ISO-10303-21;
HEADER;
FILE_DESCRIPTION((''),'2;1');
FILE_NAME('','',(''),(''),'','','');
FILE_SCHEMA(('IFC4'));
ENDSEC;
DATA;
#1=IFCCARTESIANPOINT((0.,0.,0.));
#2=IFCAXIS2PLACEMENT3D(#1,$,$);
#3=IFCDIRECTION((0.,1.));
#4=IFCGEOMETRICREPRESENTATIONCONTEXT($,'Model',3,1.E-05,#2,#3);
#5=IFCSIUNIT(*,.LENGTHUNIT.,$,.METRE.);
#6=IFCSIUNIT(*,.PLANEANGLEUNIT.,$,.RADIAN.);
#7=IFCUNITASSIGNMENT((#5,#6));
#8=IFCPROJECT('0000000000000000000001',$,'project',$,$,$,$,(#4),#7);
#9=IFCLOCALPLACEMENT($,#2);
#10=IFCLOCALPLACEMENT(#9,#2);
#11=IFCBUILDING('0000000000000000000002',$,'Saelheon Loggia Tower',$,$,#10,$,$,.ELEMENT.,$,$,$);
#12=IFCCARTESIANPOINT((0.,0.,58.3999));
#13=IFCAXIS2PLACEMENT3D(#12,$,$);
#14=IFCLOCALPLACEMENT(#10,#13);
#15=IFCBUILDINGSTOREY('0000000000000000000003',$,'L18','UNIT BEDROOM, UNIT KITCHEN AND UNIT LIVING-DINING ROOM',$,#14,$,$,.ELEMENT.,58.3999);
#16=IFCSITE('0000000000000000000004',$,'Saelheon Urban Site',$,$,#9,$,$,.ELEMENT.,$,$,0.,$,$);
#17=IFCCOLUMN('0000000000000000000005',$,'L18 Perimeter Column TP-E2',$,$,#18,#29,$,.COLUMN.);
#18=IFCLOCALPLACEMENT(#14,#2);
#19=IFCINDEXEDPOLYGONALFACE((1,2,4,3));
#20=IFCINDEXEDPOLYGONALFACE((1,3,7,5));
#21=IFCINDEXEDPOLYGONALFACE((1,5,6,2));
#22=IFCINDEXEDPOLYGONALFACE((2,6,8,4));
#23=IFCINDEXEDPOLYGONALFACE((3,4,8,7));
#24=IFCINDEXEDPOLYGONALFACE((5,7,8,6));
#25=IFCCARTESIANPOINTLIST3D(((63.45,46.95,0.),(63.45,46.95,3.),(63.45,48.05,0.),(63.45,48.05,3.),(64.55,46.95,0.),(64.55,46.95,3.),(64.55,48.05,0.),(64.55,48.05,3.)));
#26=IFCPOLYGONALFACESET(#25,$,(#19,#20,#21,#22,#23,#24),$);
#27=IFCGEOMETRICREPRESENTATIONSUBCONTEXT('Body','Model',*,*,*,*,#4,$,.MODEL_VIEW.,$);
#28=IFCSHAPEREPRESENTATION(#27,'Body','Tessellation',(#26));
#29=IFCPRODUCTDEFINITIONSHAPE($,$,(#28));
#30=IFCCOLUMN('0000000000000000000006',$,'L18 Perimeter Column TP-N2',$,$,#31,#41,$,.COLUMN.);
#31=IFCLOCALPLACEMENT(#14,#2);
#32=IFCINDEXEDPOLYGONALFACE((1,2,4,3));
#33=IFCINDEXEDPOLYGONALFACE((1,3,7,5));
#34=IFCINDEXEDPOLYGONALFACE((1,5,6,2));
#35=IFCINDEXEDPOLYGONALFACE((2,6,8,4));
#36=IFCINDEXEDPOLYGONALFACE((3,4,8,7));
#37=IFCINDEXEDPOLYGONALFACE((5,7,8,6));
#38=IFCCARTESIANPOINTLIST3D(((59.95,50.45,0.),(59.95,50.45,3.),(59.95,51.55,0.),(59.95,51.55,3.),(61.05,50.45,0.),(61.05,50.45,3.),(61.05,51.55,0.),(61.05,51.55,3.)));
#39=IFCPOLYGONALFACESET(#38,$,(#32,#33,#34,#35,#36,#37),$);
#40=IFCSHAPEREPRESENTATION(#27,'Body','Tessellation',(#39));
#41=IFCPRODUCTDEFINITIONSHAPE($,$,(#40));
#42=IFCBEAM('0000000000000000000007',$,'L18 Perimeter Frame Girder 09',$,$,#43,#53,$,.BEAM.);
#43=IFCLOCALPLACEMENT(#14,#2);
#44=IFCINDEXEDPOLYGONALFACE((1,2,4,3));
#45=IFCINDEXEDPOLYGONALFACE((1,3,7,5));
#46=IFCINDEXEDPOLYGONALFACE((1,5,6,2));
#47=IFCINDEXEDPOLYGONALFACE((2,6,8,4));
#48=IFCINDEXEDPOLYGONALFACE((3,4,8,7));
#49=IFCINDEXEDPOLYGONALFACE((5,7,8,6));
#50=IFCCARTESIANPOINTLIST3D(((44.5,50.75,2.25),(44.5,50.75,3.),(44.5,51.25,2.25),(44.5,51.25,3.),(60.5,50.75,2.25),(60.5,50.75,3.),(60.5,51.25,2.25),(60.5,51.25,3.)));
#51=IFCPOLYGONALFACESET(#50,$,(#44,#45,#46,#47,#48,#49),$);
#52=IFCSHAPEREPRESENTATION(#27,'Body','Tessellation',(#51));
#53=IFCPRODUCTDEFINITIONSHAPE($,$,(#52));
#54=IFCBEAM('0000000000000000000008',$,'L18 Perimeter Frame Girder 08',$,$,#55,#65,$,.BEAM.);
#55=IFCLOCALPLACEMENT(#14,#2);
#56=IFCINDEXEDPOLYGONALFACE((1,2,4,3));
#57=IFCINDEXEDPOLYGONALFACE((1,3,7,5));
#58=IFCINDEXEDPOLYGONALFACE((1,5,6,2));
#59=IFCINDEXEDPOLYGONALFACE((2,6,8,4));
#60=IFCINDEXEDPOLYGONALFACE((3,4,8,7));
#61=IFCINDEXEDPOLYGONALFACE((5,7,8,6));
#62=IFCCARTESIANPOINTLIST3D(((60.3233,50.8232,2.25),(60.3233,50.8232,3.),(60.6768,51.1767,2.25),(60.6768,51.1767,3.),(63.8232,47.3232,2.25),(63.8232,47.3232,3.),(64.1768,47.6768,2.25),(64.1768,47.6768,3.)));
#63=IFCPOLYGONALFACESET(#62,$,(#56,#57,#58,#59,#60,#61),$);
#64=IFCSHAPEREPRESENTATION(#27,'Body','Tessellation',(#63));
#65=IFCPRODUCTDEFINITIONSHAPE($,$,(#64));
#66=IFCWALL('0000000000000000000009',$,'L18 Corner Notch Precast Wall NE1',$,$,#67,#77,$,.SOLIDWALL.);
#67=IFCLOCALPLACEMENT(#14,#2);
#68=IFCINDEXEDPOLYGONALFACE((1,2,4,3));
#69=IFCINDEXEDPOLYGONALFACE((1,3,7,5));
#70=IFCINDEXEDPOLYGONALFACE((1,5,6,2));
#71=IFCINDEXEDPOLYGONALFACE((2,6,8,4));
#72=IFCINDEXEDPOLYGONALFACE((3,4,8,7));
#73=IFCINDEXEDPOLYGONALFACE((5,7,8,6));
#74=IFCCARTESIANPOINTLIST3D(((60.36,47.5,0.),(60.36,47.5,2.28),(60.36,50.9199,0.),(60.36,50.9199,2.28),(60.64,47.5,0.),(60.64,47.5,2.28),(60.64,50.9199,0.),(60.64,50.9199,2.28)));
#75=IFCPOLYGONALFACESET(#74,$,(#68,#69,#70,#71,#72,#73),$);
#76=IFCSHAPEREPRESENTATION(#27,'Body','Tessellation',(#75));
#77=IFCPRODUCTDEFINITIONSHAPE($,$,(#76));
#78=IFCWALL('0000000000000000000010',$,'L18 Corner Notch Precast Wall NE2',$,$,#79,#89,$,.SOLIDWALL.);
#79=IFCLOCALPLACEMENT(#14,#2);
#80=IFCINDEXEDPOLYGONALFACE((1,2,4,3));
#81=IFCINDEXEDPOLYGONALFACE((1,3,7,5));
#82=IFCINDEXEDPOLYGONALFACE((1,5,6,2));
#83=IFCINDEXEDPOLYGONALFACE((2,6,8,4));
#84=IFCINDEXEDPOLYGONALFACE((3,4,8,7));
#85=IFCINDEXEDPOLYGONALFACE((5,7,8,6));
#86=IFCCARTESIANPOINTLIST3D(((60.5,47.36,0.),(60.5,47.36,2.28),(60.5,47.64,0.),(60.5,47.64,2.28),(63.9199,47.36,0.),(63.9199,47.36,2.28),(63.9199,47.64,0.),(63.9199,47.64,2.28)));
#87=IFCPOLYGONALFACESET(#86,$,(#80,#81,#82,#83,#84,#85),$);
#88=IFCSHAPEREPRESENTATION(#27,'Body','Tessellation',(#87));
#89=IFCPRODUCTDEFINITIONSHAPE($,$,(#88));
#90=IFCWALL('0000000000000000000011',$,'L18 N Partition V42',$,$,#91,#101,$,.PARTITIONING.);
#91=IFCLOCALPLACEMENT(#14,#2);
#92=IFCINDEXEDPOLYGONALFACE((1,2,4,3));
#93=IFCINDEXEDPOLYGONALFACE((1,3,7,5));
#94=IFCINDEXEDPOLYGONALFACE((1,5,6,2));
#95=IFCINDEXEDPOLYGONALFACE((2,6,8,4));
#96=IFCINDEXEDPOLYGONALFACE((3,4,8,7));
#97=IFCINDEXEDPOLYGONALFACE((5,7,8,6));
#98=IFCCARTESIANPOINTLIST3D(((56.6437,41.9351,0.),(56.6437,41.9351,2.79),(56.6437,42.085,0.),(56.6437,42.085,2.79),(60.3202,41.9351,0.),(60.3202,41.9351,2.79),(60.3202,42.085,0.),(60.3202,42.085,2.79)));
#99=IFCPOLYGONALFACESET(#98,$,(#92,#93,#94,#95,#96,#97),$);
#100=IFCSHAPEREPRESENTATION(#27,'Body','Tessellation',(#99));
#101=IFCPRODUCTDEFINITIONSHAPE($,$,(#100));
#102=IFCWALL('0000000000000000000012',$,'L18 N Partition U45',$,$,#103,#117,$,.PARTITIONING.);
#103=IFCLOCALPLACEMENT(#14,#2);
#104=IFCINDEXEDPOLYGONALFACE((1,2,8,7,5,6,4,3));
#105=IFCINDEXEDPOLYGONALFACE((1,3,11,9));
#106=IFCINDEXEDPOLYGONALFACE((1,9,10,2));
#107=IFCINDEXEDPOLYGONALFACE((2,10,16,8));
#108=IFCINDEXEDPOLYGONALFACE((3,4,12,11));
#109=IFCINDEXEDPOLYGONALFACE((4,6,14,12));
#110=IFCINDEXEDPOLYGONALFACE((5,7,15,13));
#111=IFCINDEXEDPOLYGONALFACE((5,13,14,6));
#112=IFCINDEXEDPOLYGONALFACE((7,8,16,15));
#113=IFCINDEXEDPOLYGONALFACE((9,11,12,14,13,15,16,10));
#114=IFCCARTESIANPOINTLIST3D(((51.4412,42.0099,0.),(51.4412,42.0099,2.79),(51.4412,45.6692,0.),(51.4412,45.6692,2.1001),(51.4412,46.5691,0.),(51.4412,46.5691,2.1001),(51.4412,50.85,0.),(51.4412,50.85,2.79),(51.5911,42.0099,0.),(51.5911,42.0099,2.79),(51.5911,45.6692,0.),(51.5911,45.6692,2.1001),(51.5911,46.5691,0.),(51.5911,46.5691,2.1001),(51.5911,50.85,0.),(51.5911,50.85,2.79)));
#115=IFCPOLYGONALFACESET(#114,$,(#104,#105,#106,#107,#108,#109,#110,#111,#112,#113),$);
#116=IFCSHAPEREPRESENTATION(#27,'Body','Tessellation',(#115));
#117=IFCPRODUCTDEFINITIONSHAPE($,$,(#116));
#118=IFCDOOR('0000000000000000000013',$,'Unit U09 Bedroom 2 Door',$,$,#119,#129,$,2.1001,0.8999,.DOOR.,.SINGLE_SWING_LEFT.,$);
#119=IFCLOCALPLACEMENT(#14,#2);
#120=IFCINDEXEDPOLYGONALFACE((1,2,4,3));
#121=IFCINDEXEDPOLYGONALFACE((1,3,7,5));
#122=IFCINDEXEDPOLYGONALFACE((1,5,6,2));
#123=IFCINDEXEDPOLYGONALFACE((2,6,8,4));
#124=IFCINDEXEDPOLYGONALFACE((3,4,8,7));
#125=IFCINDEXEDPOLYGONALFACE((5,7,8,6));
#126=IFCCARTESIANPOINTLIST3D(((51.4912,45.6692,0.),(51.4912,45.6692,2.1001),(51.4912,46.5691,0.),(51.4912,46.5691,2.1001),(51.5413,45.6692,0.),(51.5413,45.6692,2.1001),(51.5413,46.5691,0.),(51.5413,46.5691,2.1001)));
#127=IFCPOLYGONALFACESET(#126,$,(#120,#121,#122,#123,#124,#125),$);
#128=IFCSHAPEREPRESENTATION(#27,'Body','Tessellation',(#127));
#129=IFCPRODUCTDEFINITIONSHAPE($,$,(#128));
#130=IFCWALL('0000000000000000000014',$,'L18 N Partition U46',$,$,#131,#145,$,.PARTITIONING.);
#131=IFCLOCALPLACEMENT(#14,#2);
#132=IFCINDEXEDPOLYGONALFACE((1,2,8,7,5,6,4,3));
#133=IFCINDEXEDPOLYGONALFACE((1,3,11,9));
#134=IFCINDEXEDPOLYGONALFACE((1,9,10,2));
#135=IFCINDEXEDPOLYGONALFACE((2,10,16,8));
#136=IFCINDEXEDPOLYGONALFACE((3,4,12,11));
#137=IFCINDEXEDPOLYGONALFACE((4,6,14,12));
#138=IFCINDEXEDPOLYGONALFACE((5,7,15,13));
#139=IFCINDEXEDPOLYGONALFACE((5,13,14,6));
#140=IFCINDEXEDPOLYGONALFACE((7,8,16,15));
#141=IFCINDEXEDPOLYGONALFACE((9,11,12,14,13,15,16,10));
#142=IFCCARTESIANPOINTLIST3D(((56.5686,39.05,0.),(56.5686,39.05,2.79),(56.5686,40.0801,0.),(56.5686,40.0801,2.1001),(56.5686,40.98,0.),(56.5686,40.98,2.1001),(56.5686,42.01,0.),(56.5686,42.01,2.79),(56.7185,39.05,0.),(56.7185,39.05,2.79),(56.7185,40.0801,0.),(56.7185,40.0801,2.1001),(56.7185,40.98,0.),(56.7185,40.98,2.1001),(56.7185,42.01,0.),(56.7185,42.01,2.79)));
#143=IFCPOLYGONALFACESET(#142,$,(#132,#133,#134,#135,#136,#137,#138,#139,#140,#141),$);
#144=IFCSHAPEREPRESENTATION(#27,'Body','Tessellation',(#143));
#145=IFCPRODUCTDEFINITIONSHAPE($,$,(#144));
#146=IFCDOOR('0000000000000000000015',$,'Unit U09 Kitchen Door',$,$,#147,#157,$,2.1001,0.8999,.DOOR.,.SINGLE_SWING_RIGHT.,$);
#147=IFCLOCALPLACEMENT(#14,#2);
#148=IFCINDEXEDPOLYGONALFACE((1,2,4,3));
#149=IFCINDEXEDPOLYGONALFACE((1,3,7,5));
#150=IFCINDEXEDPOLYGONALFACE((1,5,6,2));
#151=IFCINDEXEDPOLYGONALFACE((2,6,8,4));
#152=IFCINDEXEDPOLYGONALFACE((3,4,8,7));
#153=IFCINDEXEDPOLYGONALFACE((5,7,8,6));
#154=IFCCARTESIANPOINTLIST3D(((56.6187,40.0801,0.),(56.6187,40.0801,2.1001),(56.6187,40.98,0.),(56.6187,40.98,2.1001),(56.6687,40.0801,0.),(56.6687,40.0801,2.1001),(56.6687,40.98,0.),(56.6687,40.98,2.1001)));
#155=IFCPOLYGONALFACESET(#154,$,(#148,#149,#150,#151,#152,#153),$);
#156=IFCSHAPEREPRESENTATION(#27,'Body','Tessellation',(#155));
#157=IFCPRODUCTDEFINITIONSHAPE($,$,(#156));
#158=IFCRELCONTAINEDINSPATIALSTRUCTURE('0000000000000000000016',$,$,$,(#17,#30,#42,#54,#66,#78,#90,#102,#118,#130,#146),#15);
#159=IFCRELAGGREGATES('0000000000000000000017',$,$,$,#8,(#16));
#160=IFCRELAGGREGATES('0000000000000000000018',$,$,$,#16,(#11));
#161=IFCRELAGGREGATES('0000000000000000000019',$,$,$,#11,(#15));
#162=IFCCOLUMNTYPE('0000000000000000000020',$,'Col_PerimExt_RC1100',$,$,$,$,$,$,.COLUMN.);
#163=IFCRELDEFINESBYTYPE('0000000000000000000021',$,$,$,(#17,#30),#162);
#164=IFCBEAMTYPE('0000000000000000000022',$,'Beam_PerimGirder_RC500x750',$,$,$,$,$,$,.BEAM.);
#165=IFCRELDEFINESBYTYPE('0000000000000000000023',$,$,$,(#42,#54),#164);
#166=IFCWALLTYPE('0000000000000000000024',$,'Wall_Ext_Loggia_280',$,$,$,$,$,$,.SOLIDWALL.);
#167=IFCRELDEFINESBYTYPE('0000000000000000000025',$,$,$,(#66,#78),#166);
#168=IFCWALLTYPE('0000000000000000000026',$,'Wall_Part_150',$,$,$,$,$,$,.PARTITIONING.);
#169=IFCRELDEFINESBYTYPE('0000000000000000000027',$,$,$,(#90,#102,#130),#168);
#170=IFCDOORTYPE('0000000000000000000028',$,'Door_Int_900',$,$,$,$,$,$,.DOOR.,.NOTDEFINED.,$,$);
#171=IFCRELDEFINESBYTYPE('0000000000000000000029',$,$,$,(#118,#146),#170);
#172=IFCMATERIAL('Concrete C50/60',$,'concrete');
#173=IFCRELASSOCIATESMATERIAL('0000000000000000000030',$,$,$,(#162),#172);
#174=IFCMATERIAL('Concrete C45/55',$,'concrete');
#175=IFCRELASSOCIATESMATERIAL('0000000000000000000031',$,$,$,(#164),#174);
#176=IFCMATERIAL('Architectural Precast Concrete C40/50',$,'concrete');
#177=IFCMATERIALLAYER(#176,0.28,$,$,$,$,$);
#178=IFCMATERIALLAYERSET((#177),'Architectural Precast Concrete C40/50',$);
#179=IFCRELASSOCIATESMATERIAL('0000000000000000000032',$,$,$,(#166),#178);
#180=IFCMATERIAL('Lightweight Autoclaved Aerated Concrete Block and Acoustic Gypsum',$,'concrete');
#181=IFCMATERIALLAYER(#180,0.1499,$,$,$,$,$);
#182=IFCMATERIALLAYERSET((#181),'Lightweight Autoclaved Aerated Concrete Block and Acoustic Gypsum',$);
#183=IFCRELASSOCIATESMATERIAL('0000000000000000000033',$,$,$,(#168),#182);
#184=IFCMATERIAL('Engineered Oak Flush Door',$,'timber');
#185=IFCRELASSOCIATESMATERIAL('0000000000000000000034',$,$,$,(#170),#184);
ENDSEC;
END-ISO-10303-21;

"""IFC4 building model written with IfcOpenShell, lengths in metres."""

from ifc_helpers import new_model, si_unit, direction, frame, frame_2d, origin, origin_2d, place, context, subcontext, project, spatial, rectangle, extrude, source, transform, mapped, material, layer, layer_set, material_profile, profile_set, type_object, element, fill, save


model = new_model("IFC4")

# Units and contexts
model_context = context("Model", 3, precision=1e-05, world=origin(), true_north=direction((0.0, 1.0)))
body_context = subcontext(model_context, "Body", "Model", "MODEL_VIEW")
ifc_project = project(units=[si_unit("LENGTHUNIT", "METRE"), si_unit("PLANEANGLEUNIT", "RADIAN")], contexts=[model_context])

# Site, building, storey
site_placement = place(None, origin())
site = spatial("IfcSite", under=ifc_project, at=site_placement, Name="Saelheon Urban Site", CompositionType="ELEMENT", RefElevation=0.0)
building_placement = place(site_placement, origin())
building = spatial("IfcBuilding", under=site, at=building_placement, Name="Saelheon Loggia Tower", CompositionType="ELEMENT")
storey_placement = place(building_placement, frame((0.0, 0.0, 58.3999)))
storey = spatial("IfcBuildingStorey", under=building, at=storey_placement, Name="L18", Description="UNIT BEDROOM, UNIT KITCHEN AND UNIT LIVING-DINING ROOM", CompositionType="ELEMENT", Elevation=58.3999)

# Columns
ifc_material_1 = material(Name="Concrete C50/60", Category="concrete")
ifc_material_profile_1 = material_profile(ifc_material_1, rectangle(XDim=1.1001, YDim=1.1001, at=origin_2d()), Name="RC-1100x1100")
ifc_profile_set_1 = profile_set([ifc_material_profile_1], Name="Concrete C50/60")
column_type = type_object("IfcColumnType", Name="Col_PerimExt_RC1100", PredefinedType="COLUMN", material=ifc_profile_set_1)
shared_shape_1 = source(origin(), body_context, "Body", "SweptSolid", [
    extrude(rectangle(XDim=1.1001, YDim=1.1001, at=origin_2d()), origin(), (0.0, 0.0, 1.0), 3.0),
])
for number, where, z_axis, x_axis, name in (
    (1, (64.0, 47.5, 0.0), (0.0, 0.0, 1.0), (1.0, 0.0, 0.0), "L18 Perimeter Column TP-E2"),
    (2, (60.5, 51.0, 0.0), (0.0, 0.0, 1.0), (1.0, 0.0, 0.0), "L18 Perimeter Column TP-N2"),
):
    element("IfcColumn", number, at=place(storey_placement, frame(where, z_axis=z_axis, x_axis=x_axis)), inside=storey, type_object=column_type, Name=name, PredefinedType="COLUMN", context=body_context, shape_type="MappedRepresentation", body=[
        mapped(shared_shape_1, transform((0.0, 0.0, 0.0), scale=1.0)),
    ])

# Beams
ifc_material_2 = material(Name="Concrete C45/55", Category="concrete")
ifc_material_profile_2 = material_profile(ifc_material_2, rectangle(XDim=0.5, YDim=0.75, at=origin_2d()), Name="RC-500x750")
ifc_profile_set_2 = profile_set([ifc_material_profile_2], Name="Concrete C45/55")
beam_type = type_object("IfcBeamType", Name="Beam_PerimGirder_RC500x750", PredefinedType="BEAM", material=ifc_profile_set_2)
shared_shape_2 = source(origin(), body_context, "Body", "SweptSolid", [
    extrude(rectangle(XDim=0.5, YDim=0.75, at=origin_2d()), origin(), (0.0, 0.0, 1.0), 16.0),
])
beam_1_placement = place(storey_placement, frame((60.5, 51.0, 2.625), z_axis=(-1.0, 0.0, 0.0), x_axis=(0.0, -1.0, 0.0)))
element("IfcBeam", 3, at=beam_1_placement, inside=storey, type_object=beam_type, Name="L18 Perimeter Frame Girder 09", PredefinedType="BEAM", context=body_context, shape_type="MappedRepresentation", body=[
    mapped(shared_shape_2, transform((0.0, 0.0, 0.0), scale=1.0)),
])
shared_shape_3 = source(origin(), body_context, "Body", "SweptSolid", [
    extrude(rectangle(XDim=0.5, YDim=0.75, at=origin_2d()), origin(), (0.0, 0.0, 1.0), 4.9497),
])
beam_2_placement = place(storey_placement, frame((64.0, 47.5, 2.625), z_axis=(-0.707107, 0.707107, 0.0), x_axis=(-0.707107, -0.707107, 0.0)))
element("IfcBeam", 4, at=beam_2_placement, inside=storey, type_object=beam_type, Name="L18 Perimeter Frame Girder 08", PredefinedType="BEAM", context=body_context, shape_type="MappedRepresentation", body=[
    mapped(shared_shape_3, transform((0.0, 0.0, 0.0), scale=1.0)),
])

# Walls
ifc_material_3 = material(Name="Architectural Precast Concrete C40/50", Category="concrete")
ifc_layer_1 = layer(ifc_material_3, 0.28)
ifc_layer_set_1 = layer_set([ifc_layer_1], Name="Architectural Precast Concrete C40/50")
wall_type_1 = type_object("IfcWallType", Name="Wall_Ext_Loggia_280", PredefinedType="SOLIDWALL", material=ifc_layer_set_1)
for number, where, z_axis, x_axis, name in (
    (5, (60.5, 47.5, 0.0), (0.0, 0.0, 1.0), (0.0, 1.0, 0.0), "L18 Corner Notch Precast Wall NE1"),
    (6, (60.5, 47.5, 0.0), (0.0, 0.0, 1.0), (1.0, 0.0, 0.0), "L18 Corner Notch Precast Wall NE2"),
):
    element("IfcWall", number, at=place(storey_placement, frame(where, z_axis=z_axis, x_axis=x_axis)), inside=storey, type_object=wall_type_1, Name=name, PredefinedType="SOLIDWALL", context=body_context, shape_type="SweptSolid", body=[
        extrude(rectangle(XDim=3.4199, YDim=0.28, at=frame_2d((1.71, 0.0))), origin(), (0.0, 0.0, 1.0), 2.28),
    ])
ifc_material_4 = material(Name="Lightweight Autoclaved Aerated Concrete Block and Acoustic Gypsum", Category="concrete")
ifc_layer_2 = layer(ifc_material_4, 0.1499)
ifc_layer_set_2 = layer_set([ifc_layer_2], Name="Lightweight Autoclaved Aerated Concrete Block and Acoustic Gypsum")
wall_type_2 = type_object("IfcWallType", Name="Wall_Part_150", PredefinedType="PARTITIONING", material=ifc_layer_set_2)
wall_1_placement = place(storey_placement, frame((56.6436, 42.01, 0.0), z_axis=(0.0, 0.0, 1.0), x_axis=(1.0, 0.0, 0.0)))
element("IfcWall", 7, at=wall_1_placement, inside=storey, type_object=wall_type_2, Name="L18 N Partition V42", PredefinedType="PARTITIONING", context=body_context, shape_type="SweptSolid", body=[
    extrude(rectangle(XDim=3.6765, YDim=0.1499, at=frame_2d((1.8384, 0.0))), origin(), (0.0, 0.0, 1.0), 2.79),
])

# Walls, openings, doors
wall_2_placement = place(storey_placement, frame((51.5161, 42.01, 0.0), z_axis=(0.0, 0.0, 1.0), x_axis=(0.0, 1.0, 0.0)))
wall_2 = element("IfcWall", 8, at=wall_2_placement, inside=storey, type_object=wall_type_2, Name="L18 N Partition U45", PredefinedType="PARTITIONING", context=body_context, shape_type="SweptSolid", body=[
    extrude(rectangle(XDim=8.8401, YDim=0.1499, at=frame_2d((4.4199, 0.0))), origin(), (0.0, 0.0, 1.0), 2.79),
])
opening_1_placement = place(wall_2_placement, frame((3.6592, 0.0, 0.0)))
opening_1 = element("IfcOpeningElement", 9, at=opening_1_placement, cuts=wall_2, PredefinedType="OPENING", context=body_context, shape_type="SweptSolid", body=[
    extrude(rectangle(XDim=0.8999, YDim=2.1001, at=frame_2d((0.45, 1.05))), frame((0.0, 0.0869, 0.0), z_axis=(0.0, -1.0, 0.0), x_axis=(1.0, 0.0, 0.0)), (0.0, 0.0, 1.0), 0.1738),
])
ifc_material_5 = material(Name="Engineered Oak Flush Door", Category="timber")
door_type_1 = type_object("IfcDoorType", Name="Door_Int_900", OperationType="NOTDEFINED", PredefinedType="DOOR", material=ifc_material_5)
shared_shape_4 = source(origin(), body_context, "Body", "SweptSolid", [
    extrude(rectangle(XDim=0.8999, YDim=2.1001, at=frame_2d((0.45, 1.05))), frame((0.0, 0.0249, 0.0), z_axis=(0.0, -1.0, 0.0), x_axis=(1.0, 0.0, 0.0)), (0.0, 0.0, 1.0), 0.05),
])
door_1_placement = place(opening_1_placement, origin())
door_1 = element("IfcDoor", 10, at=door_1_placement, inside=storey, type_object=door_type_1, Name="Unit U09 Bedroom 2 Door", OperationType="SINGLE_SWING_LEFT", OverallHeight=2.1001, OverallWidth=0.8999, PredefinedType="DOOR", context=body_context, shape_type="MappedRepresentation", body=[
    mapped(shared_shape_4, transform((0.0, 0.0, 0.0), scale=1.0)),
])
fill(opening_1, door_1)
wall_3_placement = place(storey_placement, frame((56.6436, 39.05, 0.0), z_axis=(0.0, 0.0, 1.0), x_axis=(0.0, 1.0, 0.0)))
wall_3 = element("IfcWall", 11, at=wall_3_placement, inside=storey, type_object=wall_type_2, Name="L18 N Partition U46", PredefinedType="PARTITIONING", context=body_context, shape_type="SweptSolid", body=[
    extrude(rectangle(XDim=2.96, YDim=0.1499, at=frame_2d((1.48, 0.0))), origin(), (0.0, 0.0, 1.0), 2.79),
])
opening_2_placement = place(wall_3_placement, frame((1.03, 0.0, 0.0)))
opening_2 = element("IfcOpeningElement", 12, at=opening_2_placement, cuts=wall_3, PredefinedType="OPENING", context=body_context, shape_type="SweptSolid", body=[
    extrude(rectangle(XDim=0.8999, YDim=2.1001, at=frame_2d((0.45, 1.05))), frame((0.0, 0.0869, 0.0), z_axis=(0.0, -1.0, 0.0), x_axis=(1.0, 0.0, 0.0)), (0.0, 0.0, 1.0), 0.1738),
])
door_2_placement = place(opening_2_placement, origin())
door_2 = element("IfcDoor", 13, at=door_2_placement, inside=storey, type_object=door_type_1, Name="Unit U09 Kitchen Door", OperationType="SINGLE_SWING_RIGHT", OverallHeight=2.1001, OverallWidth=0.8999, PredefinedType="DOOR", context=body_context, shape_type="MappedRepresentation", body=[
    mapped(shared_shape_4, transform((0.0, 0.0, 0.0), scale=1.0)),
])
fill(opening_2, door_2)

save(model, "model.ifc")
